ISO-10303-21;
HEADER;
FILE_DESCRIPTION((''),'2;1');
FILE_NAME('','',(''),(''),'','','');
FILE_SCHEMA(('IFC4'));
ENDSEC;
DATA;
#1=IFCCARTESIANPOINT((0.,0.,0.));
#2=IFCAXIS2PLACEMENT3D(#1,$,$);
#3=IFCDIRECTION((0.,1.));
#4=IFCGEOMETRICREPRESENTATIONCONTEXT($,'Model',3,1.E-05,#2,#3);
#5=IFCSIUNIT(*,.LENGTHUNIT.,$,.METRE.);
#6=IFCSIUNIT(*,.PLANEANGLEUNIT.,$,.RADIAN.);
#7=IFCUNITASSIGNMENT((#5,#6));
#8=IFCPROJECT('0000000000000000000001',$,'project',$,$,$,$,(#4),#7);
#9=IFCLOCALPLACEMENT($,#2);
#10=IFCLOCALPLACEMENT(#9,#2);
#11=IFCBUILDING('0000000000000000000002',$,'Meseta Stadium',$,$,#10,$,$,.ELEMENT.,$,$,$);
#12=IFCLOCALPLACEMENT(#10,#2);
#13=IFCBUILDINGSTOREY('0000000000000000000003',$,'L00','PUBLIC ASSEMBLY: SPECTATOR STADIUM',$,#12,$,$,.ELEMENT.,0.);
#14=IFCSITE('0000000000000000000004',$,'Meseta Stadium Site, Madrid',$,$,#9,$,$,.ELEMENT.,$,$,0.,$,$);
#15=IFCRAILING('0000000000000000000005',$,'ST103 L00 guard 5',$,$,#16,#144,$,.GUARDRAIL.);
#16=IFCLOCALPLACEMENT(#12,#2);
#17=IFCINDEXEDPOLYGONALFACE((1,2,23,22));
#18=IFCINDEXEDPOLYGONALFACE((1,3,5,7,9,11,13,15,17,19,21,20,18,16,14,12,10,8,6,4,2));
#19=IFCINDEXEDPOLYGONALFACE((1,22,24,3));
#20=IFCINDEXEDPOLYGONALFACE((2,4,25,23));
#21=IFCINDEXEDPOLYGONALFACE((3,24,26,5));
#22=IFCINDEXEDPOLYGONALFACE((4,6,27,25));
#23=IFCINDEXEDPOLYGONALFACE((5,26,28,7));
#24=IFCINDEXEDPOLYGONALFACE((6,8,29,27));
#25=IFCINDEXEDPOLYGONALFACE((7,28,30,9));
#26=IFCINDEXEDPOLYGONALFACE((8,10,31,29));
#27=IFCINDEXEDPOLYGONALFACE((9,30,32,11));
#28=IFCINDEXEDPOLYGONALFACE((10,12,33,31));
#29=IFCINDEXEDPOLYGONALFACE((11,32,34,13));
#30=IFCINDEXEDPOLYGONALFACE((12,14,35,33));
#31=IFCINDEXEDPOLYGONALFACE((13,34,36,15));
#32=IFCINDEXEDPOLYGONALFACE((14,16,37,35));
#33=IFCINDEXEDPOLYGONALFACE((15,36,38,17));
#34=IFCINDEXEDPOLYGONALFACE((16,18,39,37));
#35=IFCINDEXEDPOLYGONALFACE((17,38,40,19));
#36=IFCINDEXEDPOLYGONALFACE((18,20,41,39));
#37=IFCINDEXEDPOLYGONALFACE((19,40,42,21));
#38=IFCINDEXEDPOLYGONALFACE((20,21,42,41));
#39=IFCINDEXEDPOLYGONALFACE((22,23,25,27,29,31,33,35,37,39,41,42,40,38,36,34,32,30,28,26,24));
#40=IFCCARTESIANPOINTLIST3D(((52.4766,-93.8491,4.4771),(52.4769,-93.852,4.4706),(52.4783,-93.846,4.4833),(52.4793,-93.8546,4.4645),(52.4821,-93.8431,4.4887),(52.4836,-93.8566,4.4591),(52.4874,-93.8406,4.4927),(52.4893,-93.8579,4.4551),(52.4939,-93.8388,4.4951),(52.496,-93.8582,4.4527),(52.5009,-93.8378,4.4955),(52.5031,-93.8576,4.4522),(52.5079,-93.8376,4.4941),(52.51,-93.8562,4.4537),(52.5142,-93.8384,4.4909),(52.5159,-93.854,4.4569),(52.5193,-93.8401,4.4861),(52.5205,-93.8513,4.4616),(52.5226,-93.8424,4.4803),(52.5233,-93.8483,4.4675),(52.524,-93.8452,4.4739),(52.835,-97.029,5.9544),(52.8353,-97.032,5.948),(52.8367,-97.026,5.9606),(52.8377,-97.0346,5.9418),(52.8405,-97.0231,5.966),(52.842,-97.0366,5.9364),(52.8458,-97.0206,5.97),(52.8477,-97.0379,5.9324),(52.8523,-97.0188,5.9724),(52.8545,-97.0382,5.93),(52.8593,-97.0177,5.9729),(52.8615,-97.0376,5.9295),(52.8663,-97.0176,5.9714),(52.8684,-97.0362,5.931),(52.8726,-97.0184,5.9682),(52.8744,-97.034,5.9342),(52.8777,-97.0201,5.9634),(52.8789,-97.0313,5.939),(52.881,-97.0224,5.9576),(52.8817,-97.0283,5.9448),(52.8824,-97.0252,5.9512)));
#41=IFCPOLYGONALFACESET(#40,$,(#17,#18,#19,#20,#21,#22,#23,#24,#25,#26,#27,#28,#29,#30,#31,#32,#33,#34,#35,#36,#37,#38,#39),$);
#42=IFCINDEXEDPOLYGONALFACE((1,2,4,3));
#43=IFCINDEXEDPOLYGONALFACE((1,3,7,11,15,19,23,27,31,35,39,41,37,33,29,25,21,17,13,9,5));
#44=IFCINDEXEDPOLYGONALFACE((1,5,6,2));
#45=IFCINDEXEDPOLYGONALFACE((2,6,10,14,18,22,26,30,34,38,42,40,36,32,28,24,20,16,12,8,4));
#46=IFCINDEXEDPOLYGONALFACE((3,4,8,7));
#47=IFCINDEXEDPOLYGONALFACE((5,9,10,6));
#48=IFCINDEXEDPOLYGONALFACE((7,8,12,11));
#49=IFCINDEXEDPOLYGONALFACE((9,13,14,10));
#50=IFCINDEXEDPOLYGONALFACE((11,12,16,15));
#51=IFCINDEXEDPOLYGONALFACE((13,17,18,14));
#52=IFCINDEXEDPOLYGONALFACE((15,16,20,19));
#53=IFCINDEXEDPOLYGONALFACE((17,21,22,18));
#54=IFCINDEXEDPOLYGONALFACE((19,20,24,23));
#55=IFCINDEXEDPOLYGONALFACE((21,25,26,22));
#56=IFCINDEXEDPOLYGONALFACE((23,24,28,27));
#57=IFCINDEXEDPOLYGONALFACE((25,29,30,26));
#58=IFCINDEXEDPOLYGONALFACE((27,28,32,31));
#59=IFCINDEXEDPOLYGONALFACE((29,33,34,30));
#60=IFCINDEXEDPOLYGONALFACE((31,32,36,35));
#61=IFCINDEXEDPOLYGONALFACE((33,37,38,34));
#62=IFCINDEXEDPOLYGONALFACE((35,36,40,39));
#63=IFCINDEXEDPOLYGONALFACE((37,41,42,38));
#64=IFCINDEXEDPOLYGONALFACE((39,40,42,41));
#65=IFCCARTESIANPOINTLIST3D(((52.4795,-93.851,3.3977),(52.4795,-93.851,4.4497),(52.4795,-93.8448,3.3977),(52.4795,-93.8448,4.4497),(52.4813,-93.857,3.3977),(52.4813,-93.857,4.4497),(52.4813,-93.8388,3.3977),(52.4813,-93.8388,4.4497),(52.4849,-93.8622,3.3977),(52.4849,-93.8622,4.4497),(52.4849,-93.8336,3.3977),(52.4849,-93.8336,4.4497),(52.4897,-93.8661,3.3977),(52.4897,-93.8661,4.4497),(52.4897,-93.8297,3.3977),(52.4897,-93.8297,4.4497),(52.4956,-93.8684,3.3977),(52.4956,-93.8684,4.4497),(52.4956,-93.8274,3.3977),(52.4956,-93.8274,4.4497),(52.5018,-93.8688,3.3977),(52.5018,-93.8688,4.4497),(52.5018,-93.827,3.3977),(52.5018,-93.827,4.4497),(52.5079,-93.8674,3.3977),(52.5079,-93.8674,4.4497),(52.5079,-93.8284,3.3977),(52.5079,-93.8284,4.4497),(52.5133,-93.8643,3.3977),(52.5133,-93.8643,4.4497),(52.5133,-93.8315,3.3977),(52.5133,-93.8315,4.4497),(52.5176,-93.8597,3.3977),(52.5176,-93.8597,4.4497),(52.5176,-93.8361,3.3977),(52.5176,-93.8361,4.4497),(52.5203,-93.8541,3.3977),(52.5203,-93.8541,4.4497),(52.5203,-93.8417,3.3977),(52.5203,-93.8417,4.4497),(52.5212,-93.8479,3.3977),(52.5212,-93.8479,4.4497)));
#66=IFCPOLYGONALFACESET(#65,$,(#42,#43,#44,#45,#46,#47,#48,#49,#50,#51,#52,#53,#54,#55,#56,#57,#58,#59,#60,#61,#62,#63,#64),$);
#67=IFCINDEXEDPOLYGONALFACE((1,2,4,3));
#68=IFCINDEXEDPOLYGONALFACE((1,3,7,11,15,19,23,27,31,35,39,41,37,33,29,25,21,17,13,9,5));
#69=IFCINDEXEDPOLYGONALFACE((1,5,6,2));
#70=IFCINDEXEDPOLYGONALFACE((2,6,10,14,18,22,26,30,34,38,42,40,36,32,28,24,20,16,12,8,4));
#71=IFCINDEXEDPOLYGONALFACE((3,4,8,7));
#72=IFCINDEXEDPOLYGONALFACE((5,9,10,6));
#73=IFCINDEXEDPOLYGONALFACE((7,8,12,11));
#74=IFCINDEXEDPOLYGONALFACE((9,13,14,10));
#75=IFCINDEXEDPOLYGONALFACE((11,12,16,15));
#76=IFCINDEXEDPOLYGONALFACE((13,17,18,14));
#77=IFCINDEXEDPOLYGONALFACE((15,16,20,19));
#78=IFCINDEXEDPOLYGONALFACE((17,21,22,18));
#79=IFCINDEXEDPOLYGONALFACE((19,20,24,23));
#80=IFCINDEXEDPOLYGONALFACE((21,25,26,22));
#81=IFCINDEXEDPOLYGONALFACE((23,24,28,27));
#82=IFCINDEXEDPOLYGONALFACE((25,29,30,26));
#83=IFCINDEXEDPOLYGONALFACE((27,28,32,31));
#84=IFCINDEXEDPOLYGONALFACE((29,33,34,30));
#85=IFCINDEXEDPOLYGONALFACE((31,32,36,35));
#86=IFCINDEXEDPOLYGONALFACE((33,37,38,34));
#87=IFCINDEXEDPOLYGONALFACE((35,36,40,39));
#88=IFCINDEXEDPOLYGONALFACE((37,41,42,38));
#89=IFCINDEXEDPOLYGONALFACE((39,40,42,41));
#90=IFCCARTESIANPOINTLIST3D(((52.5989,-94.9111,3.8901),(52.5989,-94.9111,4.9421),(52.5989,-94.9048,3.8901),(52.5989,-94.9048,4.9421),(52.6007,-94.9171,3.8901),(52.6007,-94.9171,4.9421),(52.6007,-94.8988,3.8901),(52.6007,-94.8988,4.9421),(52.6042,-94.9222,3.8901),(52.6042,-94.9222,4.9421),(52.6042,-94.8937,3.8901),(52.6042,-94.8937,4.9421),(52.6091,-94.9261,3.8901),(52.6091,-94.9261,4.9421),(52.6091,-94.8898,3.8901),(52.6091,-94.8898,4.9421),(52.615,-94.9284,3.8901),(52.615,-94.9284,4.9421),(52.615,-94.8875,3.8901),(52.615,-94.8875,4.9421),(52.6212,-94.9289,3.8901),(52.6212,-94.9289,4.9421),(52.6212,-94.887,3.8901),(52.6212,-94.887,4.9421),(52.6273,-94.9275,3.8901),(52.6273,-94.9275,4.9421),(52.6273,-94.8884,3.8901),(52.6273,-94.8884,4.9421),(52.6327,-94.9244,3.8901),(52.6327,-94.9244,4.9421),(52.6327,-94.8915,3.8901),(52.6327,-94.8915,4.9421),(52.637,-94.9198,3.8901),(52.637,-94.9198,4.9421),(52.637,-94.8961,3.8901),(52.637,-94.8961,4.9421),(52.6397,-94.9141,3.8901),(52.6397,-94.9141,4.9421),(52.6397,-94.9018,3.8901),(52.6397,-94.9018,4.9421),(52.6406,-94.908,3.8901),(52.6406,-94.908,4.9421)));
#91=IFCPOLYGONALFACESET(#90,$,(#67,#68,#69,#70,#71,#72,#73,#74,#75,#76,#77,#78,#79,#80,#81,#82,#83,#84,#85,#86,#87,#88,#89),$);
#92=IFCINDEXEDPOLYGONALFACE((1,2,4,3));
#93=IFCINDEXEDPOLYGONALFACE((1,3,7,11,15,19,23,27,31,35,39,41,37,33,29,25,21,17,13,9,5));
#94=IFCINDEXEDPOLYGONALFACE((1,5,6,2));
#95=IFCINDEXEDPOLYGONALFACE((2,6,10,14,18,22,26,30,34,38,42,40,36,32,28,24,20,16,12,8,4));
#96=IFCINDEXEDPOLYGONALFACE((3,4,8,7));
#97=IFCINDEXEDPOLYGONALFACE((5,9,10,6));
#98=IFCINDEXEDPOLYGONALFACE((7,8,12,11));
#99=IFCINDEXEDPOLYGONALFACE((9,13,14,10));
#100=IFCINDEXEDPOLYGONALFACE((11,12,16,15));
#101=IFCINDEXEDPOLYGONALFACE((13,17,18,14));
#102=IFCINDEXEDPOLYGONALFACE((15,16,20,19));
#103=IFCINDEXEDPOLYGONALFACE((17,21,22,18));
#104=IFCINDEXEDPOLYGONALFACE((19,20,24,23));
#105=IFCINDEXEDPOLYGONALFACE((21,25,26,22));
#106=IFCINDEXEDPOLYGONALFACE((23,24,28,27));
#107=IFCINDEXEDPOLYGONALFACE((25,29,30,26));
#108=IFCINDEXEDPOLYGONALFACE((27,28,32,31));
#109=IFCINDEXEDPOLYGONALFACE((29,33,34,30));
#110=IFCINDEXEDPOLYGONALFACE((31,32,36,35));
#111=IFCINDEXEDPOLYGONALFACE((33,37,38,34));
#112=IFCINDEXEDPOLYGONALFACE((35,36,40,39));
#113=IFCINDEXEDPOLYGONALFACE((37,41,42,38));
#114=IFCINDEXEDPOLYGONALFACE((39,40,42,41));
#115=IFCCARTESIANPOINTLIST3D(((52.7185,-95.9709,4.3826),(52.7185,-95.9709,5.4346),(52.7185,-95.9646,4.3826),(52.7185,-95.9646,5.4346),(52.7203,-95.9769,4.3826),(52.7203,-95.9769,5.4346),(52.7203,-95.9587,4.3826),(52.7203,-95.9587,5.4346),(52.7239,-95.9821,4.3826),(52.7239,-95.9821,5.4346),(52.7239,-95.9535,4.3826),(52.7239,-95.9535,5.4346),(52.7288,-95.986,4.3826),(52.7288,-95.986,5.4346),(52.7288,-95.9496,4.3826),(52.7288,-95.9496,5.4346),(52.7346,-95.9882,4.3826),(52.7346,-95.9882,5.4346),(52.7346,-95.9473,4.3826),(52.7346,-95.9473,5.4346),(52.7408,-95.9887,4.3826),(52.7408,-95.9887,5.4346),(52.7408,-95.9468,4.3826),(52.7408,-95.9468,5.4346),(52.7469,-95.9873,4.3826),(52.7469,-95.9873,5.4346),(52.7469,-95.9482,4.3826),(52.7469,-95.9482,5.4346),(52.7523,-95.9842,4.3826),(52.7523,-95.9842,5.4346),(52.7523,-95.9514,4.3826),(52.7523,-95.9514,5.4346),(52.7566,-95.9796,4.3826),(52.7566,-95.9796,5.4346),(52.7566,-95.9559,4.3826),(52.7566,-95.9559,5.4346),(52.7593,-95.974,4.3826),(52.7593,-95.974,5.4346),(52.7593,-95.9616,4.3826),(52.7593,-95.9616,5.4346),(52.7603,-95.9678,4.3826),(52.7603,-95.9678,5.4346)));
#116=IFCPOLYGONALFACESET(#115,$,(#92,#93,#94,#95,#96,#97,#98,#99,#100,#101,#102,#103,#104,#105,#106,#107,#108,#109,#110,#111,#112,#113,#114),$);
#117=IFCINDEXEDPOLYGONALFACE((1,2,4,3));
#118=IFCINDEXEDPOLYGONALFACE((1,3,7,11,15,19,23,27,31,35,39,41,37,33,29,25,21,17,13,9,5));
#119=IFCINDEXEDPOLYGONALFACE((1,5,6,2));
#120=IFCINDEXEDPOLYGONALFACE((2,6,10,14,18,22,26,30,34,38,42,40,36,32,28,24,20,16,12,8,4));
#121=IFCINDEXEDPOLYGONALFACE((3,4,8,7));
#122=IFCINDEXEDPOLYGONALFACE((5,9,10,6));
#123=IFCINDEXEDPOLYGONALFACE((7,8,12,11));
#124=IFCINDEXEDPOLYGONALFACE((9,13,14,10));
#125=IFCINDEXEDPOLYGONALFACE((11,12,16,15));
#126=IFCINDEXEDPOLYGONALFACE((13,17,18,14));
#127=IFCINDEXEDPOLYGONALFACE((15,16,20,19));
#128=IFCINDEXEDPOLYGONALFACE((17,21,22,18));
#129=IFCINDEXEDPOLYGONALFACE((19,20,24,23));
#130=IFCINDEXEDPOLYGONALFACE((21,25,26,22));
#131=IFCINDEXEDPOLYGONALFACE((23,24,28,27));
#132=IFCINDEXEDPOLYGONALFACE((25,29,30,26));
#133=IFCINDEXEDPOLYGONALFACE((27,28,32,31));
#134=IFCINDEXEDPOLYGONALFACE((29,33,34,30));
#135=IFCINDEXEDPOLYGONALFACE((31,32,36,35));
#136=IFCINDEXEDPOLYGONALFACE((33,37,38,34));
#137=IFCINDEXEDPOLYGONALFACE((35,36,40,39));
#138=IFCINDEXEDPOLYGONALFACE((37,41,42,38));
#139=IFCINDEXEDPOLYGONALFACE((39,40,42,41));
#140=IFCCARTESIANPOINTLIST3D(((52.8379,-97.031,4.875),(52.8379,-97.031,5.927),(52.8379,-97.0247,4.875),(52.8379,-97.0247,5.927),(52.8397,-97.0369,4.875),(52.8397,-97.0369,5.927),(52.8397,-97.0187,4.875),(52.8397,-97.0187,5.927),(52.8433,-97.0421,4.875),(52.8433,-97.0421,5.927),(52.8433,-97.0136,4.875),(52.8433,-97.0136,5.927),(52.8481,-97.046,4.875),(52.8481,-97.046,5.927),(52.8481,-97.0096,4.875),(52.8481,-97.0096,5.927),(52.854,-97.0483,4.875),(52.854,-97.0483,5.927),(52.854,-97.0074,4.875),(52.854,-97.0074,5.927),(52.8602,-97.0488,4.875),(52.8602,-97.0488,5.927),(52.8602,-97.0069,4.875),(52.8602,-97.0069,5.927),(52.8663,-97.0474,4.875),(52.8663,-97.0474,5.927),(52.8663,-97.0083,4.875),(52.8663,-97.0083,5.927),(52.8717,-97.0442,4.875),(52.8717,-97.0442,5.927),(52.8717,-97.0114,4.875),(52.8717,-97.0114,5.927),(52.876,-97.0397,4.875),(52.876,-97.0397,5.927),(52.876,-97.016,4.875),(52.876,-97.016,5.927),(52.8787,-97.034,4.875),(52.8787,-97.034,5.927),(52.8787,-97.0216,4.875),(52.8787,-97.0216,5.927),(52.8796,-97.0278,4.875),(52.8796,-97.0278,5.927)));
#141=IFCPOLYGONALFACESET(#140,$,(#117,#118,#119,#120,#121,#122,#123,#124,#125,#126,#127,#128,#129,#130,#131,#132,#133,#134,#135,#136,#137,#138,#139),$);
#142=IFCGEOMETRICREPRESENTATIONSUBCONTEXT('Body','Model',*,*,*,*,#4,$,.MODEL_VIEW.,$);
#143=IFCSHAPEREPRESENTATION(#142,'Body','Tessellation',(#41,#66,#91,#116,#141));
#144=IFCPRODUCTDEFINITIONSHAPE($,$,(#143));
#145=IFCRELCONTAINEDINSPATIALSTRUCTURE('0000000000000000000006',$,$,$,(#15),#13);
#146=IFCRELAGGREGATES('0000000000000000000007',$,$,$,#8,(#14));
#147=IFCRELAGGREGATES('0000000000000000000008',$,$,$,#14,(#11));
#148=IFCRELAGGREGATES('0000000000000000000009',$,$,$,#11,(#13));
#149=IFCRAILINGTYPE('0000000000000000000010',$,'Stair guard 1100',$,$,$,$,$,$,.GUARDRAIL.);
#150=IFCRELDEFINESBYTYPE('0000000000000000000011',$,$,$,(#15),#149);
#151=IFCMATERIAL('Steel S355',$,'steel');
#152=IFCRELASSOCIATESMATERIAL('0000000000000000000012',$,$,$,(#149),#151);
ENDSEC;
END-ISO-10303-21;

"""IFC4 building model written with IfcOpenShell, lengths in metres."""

from ifc_helpers import new_model, si_unit, direction, frame, origin, origin_2d, place, context, subcontext, project, spatial, circle, extrude, material, type_object, element, save


model = new_model("IFC4")

# Units and contexts
model_context = context("Model", 3, precision=1e-05, world=origin(), true_north=direction((0.0, 1.0)))
body_context = subcontext(model_context, "Body", "Model", "MODEL_VIEW")
ifc_project = project(units=[si_unit("LENGTHUNIT", "METRE"), si_unit("PLANEANGLEUNIT", "RADIAN")], contexts=[model_context])

# Site, building, storey
site_placement = place(None, origin())
site = spatial("IfcSite", under=ifc_project, at=site_placement, Name="Meseta Stadium Site, Madrid", CompositionType="ELEMENT", RefElevation=0.0)
building_placement = place(site_placement, origin())
building = spatial("IfcBuilding", under=site, at=building_placement, Name="Meseta Stadium", CompositionType="ELEMENT")
storey_placement = place(building_placement, origin())
storey = spatial("IfcBuildingStorey", under=building, at=storey_placement, Name="L00", Description="PUBLIC ASSEMBLY: SPECTATOR STADIUM", CompositionType="ELEMENT", Elevation=0.0)

# Railing
ifc_material_1 = material(Name="Steel S355", Category="steel")
railing_type = type_object("IfcRailingType", Name="Stair guard 1100", PredefinedType="GUARDRAIL", material=ifc_material_1)
railing_1_placement = place(storey_placement, frame((52.5002, -93.8479, 3.3977)))
element("IfcRailing", 1, at=railing_1_placement, inside=storey, type_object=railing_type, Name="ST103 L00 guard 5", PredefinedType="GUARDRAIL", context=body_context, shape_type="SweptSolid", body=[
    extrude(circle(Radius=0.0239, at=origin_2d()), frame((0.0, 0.0, 1.0762), z_axis=(0.101685, -0.90221, 0.419138), x_axis=(0.993709, 0.111997, 0.0)), (0.0, 0.0, 1.0), 3.5247),
    extrude(circle(Radius=0.021, at=origin_2d()), origin(), (0.0, 0.0, 1.0), 1.052),
    extrude(circle(Radius=0.021, at=origin_2d()), frame((0.1194, -1.0601, 0.4924)), (0.0, 0.0, 1.0), 1.052),
    extrude(circle(Radius=0.021, at=origin_2d()), frame((0.239, -2.1199, 0.9849)), (0.0, 0.0, 1.0), 1.052),
    extrude(circle(Radius=0.021, at=origin_2d()), frame((0.3584, -3.1799, 1.4773)), (0.0, 0.0, 1.0), 1.052),
])

save(model, "model.ifc")
